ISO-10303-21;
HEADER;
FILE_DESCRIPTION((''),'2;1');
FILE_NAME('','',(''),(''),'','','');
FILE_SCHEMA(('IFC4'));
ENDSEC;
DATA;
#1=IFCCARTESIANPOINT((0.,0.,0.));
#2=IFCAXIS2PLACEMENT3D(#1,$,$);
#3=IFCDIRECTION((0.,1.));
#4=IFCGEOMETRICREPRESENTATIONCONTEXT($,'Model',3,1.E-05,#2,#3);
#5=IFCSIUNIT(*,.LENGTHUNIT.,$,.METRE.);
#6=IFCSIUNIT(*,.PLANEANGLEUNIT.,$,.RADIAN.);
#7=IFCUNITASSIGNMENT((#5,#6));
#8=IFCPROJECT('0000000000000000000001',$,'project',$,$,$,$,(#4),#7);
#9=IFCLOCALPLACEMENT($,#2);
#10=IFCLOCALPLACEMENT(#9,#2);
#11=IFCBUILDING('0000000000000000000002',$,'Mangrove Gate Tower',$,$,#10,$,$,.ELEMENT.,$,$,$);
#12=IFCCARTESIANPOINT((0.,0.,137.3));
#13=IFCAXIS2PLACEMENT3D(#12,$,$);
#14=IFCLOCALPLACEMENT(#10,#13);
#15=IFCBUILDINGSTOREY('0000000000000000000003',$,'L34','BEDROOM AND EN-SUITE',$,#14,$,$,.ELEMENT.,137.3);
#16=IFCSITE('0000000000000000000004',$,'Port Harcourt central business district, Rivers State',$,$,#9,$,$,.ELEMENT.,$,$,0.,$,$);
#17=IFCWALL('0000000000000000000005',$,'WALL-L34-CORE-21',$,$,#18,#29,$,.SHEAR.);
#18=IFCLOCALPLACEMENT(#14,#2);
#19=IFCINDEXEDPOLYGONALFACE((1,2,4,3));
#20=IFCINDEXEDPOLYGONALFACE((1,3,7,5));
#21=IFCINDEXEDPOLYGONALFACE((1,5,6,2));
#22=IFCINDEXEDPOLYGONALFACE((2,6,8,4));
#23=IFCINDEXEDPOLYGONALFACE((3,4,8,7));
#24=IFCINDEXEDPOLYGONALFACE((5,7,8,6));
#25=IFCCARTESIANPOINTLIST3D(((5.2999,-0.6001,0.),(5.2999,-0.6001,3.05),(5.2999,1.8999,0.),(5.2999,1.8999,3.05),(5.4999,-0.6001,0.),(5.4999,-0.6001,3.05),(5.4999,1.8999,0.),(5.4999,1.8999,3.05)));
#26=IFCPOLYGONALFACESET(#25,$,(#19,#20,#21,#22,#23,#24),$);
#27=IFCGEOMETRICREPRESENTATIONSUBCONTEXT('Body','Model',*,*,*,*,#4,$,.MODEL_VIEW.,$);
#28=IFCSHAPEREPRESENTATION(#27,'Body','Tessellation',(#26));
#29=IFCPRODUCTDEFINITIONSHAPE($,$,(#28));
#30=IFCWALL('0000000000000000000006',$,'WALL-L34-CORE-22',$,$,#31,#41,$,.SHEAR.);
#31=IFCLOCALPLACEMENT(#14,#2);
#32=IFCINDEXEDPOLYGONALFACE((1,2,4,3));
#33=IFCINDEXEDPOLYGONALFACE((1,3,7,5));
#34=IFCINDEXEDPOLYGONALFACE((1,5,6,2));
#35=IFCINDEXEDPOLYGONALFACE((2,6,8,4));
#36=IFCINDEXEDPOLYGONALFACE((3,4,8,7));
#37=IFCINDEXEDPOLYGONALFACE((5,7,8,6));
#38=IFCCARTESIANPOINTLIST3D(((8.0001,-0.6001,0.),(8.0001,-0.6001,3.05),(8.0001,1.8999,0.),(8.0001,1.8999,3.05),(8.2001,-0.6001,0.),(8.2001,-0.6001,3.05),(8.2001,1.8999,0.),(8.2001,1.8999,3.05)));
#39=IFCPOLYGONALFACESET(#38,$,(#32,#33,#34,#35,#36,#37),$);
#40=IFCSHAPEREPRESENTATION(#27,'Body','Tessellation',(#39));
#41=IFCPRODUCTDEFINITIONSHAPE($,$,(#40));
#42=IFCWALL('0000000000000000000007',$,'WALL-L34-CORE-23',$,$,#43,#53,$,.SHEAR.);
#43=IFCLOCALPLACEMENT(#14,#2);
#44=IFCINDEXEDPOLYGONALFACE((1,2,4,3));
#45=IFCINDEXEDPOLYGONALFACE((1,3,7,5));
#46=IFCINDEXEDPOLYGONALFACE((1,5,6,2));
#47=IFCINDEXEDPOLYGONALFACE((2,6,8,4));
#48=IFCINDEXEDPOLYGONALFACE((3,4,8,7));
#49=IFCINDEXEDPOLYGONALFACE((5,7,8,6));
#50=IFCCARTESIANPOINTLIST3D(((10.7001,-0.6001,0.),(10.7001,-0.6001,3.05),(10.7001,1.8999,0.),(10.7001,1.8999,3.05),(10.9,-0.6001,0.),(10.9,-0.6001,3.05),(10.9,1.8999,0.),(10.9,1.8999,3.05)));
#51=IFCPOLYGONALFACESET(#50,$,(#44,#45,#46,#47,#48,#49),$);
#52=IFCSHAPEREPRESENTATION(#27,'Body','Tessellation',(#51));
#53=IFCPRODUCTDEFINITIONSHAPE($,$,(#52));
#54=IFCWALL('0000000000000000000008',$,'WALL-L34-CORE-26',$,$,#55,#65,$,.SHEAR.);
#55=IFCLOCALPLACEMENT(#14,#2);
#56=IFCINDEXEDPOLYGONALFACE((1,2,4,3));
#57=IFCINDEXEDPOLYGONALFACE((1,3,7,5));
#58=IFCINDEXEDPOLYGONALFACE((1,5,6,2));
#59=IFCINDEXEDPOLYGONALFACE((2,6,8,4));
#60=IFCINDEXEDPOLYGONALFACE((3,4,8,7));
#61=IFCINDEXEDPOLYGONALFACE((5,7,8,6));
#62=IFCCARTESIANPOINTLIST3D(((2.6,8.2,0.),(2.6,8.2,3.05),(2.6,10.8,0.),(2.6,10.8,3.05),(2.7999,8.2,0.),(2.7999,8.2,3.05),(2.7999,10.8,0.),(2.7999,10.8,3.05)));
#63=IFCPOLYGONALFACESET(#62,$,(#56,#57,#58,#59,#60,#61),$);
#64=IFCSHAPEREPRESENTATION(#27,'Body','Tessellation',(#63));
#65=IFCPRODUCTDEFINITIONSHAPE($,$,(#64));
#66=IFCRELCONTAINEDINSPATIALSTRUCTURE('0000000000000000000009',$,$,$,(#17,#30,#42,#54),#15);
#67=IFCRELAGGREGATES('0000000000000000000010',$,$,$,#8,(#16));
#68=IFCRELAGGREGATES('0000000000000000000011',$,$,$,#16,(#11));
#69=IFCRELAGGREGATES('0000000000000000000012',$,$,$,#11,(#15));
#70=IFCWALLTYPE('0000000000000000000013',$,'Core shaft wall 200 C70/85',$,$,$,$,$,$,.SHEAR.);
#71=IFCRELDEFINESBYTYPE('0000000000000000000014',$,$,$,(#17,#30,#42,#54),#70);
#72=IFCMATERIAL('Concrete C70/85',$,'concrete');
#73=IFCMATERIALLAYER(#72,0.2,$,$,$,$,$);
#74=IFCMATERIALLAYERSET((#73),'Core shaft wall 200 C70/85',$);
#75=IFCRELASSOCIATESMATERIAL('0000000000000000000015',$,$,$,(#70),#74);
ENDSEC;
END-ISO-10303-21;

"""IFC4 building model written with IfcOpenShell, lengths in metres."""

from ifc_helpers import new_model, si_unit, direction, frame, frame_2d, origin, place, context, subcontext, project, spatial, rectangle, extrude, material, layer, layer_set, type_object, element, save


model = new_model("IFC4")

# Units and contexts
model_context = context("Model", 3, precision=1e-05, world=origin(), true_north=direction((0.0, 1.0)))
body_context = subcontext(model_context, "Body", "Model", "MODEL_VIEW")
ifc_project = project(units=[si_unit("LENGTHUNIT", "METRE"), si_unit("PLANEANGLEUNIT", "RADIAN")], contexts=[model_context])

# Site, building, storey
site_placement = place(None, origin())
site = spatial("IfcSite", under=ifc_project, at=site_placement, Name="Port Harcourt central business district, Rivers State", CompositionType="ELEMENT", RefElevation=0.0)
building_placement = place(site_placement, origin())
building = spatial("IfcBuilding", under=site, at=building_placement, Name="Mangrove Gate Tower", CompositionType="ELEMENT")
storey_placement = place(building_placement, frame((0.0, 0.0, 137.3)))
storey = spatial("IfcBuildingStorey", under=building, at=storey_placement, Name="L34", Description="BEDROOM AND EN-SUITE", CompositionType="ELEMENT", Elevation=137.3)

# Walls
ifc_material_1 = material(Name="Concrete C70/85", Category="concrete")
ifc_layer_1 = layer(ifc_material_1, 0.2)
ifc_layer_set_1 = layer_set([ifc_layer_1], Name="Core shaft wall 200 C70/85")
wall_type = type_object("IfcWallType", Name="Core shaft wall 200 C70/85", PredefinedType="SHEAR", material=ifc_layer_set_1)
for number, where, z_axis, x_axis, name in (
    (1, (5.3999, -0.6001, 0.0), (0.0, 0.0, 1.0), (0.0, 1.0, 0.0), "WALL-L34-CORE-21"),
    (2, (8.1001, -0.6001, 0.0), (0.0, 0.0, 1.0), (0.0, 1.0, 0.0), "WALL-L34-CORE-22"),
    (3, (10.8, -0.6001, 0.0), (0.0, 0.0, 1.0), (0.0, 1.0, 0.0), "WALL-L34-CORE-23"),
):
    element("IfcWall", number, at=place(storey_placement, frame(where, z_axis=z_axis, x_axis=x_axis)), inside=storey, type_object=wall_type, Name=name, PredefinedType="SHEAR", context=body_context, shape_type="SweptSolid", body=[
        extrude(rectangle(XDim=2.5, YDim=0.2, at=frame_2d((1.25, 0.0))), origin(), (0.0, 0.0, 1.0), 3.05),
    ])
wall_placement = place(storey_placement, frame((2.7, 8.2, 0.0), z_axis=(0.0, 0.0, 1.0), x_axis=(0.0, 1.0, 0.0)))
element("IfcWall", 4, at=wall_placement, inside=storey, type_object=wall_type, Name="WALL-L34-CORE-26", PredefinedType="SHEAR", context=body_context, shape_type="SweptSolid", body=[
    extrude(rectangle(XDim=2.6001, YDim=0.2, at=frame_2d((1.3, 0.0))), origin(), (0.0, 0.0, 1.0), 3.05),
])

save(model, "model.ifc")
